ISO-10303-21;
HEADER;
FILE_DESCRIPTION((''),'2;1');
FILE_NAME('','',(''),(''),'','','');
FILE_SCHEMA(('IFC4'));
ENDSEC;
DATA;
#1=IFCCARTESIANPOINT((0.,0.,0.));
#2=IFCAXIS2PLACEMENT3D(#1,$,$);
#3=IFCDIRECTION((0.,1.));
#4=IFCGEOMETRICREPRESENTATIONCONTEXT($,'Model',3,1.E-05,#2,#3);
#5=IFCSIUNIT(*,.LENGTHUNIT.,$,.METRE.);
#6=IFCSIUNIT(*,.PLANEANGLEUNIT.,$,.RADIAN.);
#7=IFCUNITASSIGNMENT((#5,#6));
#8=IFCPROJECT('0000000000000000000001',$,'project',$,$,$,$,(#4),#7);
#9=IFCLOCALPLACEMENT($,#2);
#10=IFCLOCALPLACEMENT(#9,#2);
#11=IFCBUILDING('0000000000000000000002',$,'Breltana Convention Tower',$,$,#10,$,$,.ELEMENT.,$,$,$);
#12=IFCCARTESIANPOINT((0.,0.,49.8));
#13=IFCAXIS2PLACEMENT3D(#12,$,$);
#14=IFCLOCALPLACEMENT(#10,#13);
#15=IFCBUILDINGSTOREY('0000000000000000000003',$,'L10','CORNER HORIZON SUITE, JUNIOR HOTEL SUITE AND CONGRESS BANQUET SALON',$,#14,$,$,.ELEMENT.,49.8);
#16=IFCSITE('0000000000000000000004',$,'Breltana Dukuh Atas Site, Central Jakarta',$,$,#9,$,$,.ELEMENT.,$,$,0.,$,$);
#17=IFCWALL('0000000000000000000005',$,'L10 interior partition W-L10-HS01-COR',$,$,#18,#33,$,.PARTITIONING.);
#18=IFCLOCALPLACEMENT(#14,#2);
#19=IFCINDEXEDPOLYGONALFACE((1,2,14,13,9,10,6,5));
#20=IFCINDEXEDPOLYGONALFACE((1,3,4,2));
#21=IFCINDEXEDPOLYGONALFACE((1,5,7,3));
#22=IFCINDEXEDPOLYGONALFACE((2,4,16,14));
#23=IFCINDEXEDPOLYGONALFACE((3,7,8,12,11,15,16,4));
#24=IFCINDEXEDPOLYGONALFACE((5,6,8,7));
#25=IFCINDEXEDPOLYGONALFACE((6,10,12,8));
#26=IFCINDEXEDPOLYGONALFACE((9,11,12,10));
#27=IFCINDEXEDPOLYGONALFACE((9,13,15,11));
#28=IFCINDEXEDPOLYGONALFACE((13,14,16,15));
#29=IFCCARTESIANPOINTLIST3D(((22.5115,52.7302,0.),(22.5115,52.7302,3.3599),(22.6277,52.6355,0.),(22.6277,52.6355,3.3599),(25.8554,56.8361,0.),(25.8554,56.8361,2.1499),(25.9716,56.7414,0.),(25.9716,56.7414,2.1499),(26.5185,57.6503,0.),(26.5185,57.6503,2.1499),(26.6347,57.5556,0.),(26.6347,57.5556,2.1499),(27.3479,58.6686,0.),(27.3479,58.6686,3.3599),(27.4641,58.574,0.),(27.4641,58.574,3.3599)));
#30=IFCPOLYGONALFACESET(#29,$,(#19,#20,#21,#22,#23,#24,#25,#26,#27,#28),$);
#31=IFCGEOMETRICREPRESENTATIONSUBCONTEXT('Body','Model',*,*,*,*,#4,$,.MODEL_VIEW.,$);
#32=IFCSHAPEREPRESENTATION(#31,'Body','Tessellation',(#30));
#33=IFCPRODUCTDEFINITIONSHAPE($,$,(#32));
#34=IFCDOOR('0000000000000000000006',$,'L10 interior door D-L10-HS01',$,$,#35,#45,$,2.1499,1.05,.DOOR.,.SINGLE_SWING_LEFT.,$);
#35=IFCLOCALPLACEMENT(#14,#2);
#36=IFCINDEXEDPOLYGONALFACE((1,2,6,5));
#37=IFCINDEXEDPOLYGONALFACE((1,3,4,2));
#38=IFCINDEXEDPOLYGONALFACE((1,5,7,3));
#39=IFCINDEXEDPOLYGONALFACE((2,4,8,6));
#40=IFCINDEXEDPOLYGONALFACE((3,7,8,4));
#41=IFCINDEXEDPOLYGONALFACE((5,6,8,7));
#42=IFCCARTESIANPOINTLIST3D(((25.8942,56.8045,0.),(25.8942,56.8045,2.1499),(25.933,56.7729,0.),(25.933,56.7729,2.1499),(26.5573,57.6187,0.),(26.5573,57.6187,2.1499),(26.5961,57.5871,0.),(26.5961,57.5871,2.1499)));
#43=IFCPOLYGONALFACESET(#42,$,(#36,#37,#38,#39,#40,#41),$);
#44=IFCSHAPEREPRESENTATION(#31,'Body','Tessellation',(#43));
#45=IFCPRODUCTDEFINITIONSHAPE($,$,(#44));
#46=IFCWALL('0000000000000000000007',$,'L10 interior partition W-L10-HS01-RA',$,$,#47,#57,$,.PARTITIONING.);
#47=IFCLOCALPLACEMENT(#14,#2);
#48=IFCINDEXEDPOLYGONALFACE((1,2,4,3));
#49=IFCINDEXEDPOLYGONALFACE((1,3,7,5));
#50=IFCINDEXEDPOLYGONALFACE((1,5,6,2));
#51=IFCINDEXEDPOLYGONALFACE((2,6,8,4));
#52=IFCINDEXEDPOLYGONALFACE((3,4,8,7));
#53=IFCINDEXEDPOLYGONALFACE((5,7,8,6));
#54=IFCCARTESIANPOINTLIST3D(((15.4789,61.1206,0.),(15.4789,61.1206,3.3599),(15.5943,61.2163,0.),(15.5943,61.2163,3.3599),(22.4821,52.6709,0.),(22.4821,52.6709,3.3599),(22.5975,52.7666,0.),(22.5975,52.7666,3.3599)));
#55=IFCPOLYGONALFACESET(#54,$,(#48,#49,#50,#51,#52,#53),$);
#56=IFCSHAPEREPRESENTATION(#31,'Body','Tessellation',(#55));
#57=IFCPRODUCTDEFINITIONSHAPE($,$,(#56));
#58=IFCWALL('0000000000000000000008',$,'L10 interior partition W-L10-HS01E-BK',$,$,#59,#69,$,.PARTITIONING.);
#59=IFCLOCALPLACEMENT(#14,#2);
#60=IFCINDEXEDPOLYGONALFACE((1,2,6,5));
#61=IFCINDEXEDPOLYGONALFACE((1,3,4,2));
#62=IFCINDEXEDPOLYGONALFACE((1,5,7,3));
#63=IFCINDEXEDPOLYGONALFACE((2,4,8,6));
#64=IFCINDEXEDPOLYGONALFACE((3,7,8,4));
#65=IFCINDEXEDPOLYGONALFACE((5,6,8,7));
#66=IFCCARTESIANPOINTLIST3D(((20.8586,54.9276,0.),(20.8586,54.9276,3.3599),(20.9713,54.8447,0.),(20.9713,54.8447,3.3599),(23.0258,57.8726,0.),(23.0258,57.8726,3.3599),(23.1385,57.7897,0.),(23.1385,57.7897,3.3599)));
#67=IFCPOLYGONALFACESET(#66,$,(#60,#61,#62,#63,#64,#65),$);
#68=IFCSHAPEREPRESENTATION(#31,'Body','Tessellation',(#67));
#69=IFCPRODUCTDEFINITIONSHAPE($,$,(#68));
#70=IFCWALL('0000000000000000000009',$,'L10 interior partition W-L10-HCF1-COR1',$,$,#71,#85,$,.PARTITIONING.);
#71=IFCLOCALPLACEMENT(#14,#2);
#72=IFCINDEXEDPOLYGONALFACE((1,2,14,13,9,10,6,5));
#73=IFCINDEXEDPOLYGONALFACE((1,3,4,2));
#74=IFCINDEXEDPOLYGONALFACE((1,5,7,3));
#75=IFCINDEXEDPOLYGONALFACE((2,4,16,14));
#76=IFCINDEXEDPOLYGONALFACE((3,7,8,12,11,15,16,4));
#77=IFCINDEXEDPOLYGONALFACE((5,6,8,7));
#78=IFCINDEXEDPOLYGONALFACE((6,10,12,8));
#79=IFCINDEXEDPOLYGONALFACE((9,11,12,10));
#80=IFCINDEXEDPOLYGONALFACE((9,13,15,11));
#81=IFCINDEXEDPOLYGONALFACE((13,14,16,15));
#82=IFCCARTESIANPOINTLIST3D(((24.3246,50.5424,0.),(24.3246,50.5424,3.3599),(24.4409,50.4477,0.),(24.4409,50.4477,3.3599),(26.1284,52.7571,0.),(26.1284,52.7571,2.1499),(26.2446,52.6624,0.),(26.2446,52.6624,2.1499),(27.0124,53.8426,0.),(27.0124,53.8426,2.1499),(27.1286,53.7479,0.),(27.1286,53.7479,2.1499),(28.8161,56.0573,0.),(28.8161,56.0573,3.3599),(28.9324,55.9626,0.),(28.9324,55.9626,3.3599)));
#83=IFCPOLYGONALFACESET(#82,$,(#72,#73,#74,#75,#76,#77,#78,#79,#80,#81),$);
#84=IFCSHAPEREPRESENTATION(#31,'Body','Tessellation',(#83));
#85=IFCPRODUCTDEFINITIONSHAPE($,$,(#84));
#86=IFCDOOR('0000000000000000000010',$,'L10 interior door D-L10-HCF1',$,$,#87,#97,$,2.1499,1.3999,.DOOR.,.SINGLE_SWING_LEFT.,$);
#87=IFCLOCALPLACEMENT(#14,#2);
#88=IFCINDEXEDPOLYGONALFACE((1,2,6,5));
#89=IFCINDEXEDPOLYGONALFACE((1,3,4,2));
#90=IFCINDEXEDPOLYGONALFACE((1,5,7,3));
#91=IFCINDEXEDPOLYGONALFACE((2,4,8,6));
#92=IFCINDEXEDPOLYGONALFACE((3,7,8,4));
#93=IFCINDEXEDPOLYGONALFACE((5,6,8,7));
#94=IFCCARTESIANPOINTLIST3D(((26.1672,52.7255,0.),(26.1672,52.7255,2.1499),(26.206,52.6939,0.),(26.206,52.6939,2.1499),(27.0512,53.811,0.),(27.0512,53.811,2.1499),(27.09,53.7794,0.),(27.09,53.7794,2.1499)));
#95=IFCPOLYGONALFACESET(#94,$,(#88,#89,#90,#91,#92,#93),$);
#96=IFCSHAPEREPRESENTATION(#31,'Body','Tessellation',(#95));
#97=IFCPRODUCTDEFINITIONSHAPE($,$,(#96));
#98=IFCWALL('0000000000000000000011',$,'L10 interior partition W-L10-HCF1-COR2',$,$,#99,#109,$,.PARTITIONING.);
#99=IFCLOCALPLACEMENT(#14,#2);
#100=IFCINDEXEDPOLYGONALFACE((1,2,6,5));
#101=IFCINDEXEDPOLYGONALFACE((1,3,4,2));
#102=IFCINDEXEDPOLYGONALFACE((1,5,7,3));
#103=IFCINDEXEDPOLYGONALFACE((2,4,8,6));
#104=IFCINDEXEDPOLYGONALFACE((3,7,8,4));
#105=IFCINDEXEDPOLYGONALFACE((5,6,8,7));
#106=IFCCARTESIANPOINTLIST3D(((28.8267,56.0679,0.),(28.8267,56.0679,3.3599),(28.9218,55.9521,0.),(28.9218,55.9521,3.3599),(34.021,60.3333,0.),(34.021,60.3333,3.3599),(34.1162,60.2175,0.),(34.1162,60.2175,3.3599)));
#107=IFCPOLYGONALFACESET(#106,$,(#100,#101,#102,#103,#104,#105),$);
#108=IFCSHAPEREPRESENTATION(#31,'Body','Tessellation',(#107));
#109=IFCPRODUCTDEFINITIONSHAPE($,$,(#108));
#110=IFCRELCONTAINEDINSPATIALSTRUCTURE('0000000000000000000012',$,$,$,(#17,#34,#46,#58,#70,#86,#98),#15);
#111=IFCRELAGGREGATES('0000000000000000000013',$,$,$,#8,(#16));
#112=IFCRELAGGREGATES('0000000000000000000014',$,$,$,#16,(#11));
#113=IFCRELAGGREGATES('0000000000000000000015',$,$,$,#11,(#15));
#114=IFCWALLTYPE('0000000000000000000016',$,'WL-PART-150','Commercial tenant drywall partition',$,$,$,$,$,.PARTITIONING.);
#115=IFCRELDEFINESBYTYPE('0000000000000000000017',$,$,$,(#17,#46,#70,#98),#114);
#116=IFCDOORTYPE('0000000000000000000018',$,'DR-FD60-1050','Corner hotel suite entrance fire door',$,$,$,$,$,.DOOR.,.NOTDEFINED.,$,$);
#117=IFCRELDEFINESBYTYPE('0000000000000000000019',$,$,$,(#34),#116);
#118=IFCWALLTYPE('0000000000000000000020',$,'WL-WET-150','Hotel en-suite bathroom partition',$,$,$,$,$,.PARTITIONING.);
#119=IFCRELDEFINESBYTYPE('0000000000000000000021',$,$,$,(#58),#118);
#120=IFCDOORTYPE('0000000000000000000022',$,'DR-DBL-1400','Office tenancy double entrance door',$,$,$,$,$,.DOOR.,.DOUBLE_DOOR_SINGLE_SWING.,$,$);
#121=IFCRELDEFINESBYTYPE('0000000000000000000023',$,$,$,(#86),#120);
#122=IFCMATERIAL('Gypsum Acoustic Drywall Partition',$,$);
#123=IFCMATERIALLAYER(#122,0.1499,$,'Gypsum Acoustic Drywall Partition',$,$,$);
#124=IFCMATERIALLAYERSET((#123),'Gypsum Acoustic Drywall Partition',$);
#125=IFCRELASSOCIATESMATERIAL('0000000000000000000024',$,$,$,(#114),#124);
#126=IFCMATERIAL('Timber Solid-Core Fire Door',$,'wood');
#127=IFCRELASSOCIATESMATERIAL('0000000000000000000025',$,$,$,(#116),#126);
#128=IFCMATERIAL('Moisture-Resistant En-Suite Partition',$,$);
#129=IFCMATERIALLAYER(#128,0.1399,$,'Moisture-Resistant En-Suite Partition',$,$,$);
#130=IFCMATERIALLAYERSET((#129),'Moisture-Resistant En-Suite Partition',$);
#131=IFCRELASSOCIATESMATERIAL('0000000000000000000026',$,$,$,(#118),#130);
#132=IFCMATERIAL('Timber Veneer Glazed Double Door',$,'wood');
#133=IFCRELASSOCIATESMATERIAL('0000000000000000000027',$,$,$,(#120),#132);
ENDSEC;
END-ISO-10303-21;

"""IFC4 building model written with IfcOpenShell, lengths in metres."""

from ifc_helpers import new_model, si_unit, direction, frame, frame_2d, origin, place, context, subcontext, project, spatial, rectangle, extrude, source, transform, mapped, material, layer, layer_set, type_object, type_shapes, element, fill, save


model = new_model("IFC4")

# Units and contexts
model_context = context("Model", 3, precision=1e-05, world=origin(), true_north=direction((0.0, 1.0)))
body_context = subcontext(model_context, "Body", "Model", "MODEL_VIEW")
ifc_project = project(units=[si_unit("LENGTHUNIT", "METRE"), si_unit("PLANEANGLEUNIT", "RADIAN")], contexts=[model_context])

# Site, building, storey
site_placement = place(None, origin())
site = spatial("IfcSite", under=ifc_project, at=site_placement, Name="Breltana Dukuh Atas Site, Central Jakarta", CompositionType="ELEMENT", RefElevation=0.0)
building_placement = place(site_placement, origin())
building = spatial("IfcBuilding", under=site, at=building_placement, Name="Breltana Convention Tower", CompositionType="ELEMENT")
storey_placement = place(building_placement, frame((0.0, 0.0, 49.8)))
storey = spatial("IfcBuildingStorey", under=building, at=storey_placement, Name="L10", Description="CORNER HORIZON SUITE, JUNIOR HOTEL SUITE AND CONGRESS BANQUET SALON", CompositionType="ELEMENT", Elevation=49.8)

# Shared definitions
ifc_material_1 = material(Name="Gypsum Acoustic Drywall Partition")
ifc_layer_1 = layer(ifc_material_1, 0.1499, Name="Gypsum Acoustic Drywall Partition")
ifc_layer_set_1 = layer_set([ifc_layer_1], Name="Gypsum Acoustic Drywall Partition")
wall_type_1 = type_object("IfcWallType", Name="WL-PART-150", Description="Commercial tenant drywall partition", PredefinedType="PARTITIONING", material=ifc_layer_set_1)

# Shared definitions
ifc_material_2 = material(Name="Timber Solid-Core Fire Door", Category="wood")
door_type_1 = type_object("IfcDoorType", Name="DR-FD60-1050", Description="Corner hotel suite entrance fire door", OperationType="NOTDEFINED", PredefinedType="DOOR", material=ifc_material_2)
shared_shape_1 = source(origin(), body_context, "Body", "SweptSolid", [
    extrude(rectangle(XDim=1.05, YDim=2.1499, at=frame_2d((0.5249, 1.075))), frame((0.0, 0.0249, 0.0), z_axis=(0.0, -1.0, 0.0), x_axis=(1.0, 0.0, 0.0)), (0.0, 0.0, 1.0), 0.05),
])
type_shapes(door_type_1, [shared_shape_1])
ifc_material_3 = material(Name="Moisture-Resistant En-Suite Partition")
ifc_layer_2 = layer(ifc_material_3, 0.1399, Name="Moisture-Resistant En-Suite Partition")
ifc_layer_set_2 = layer_set([ifc_layer_2], Name="Moisture-Resistant En-Suite Partition")
wall_type_2 = type_object("IfcWallType", Name="WL-WET-150", Description="Hotel en-suite bathroom partition", PredefinedType="PARTITIONING", material=ifc_layer_set_2)

# Wall, opening, door
shared_shape_2 = source(origin(), body_context, "Body", "SweptSolid", [
    extrude(rectangle(XDim=7.6587, YDim=0.1499, at=frame_2d((3.8293, 0.0))), origin(), (0.0, 0.0, 1.0), 3.3599),
])
wall_1_placement = place(storey_placement, frame((22.5696, 52.6829, 0.0), z_axis=(0.0, 0.0, 1.0), x_axis=(0.63149, 0.775384, 0.0)))
wall_1 = element("IfcWall", 1, at=wall_1_placement, inside=storey, type_object=wall_type_1, Name="L10 interior partition W-L10-HS01-COR", PredefinedType="PARTITIONING", context=body_context, shape_type="MappedRepresentation", body=[
    mapped(shared_shape_2, transform((0.0, 0.0, 0.0), scale=1.0)),
])
opening_1_placement = place(wall_1_placement, frame((5.2954, 0.0, 0.0)))
opening_1 = element("IfcOpeningElement", 2, at=opening_1_placement, cuts=wall_1, PredefinedType="OPENING", context=body_context, shape_type="SweptSolid", body=[
    extrude(rectangle(XDim=1.05, YDim=2.1499, at=frame_2d((0.5249, 1.075))), frame((0.0, 0.085, 0.0), z_axis=(0.0, -1.0, 0.0), x_axis=(1.0, 0.0, 0.0)), (0.0, 0.0, 1.0), 0.1699),
])
door_1_placement = place(opening_1_placement, origin())
door_1 = element("IfcDoor", 3, at=door_1_placement, inside=storey, type_object=door_type_1, Name="L10 interior door D-L10-HS01", OperationType="SINGLE_SWING_LEFT", OverallHeight=2.1499, OverallWidth=1.05, PredefinedType="DOOR", context=body_context, shape_type="MappedRepresentation", body=[
    mapped(shared_shape_1, transform((0.0, 0.0, 0.0), scale=1.0)),
])
fill(opening_1, door_1)

# Walls
shared_shape_3 = source(origin(), body_context, "Body", "SweptSolid", [
    extrude(rectangle(XDim=10.9746, YDim=0.1499, at=frame_2d((5.4873, 0.0))), origin(), (0.0, 0.0, 1.0), 3.3599),
])
wall_2_placement = place(storey_placement, frame((22.5398, 52.7188, 0.0), z_axis=(0.0, 0.0, 1.0), x_axis=(-0.638125, 0.769933, 0.0)))
element("IfcWall", 4, at=wall_2_placement, inside=storey, type_object=wall_type_1, Name="L10 interior partition W-L10-HS01-RA", PredefinedType="PARTITIONING", context=body_context, shape_type="MappedRepresentation", body=[
    mapped(shared_shape_3, transform((0.0, 0.0, 0.0), scale=1.0)),
])
shared_shape_4 = source(origin(), body_context, "Body", "SweptSolid", [
    extrude(rectangle(XDim=3.6565, YDim=0.1399, at=frame_2d((1.8281, 0.0))), origin(), (0.0, 0.0, 1.0), 3.3599),
])
wall_3_placement = place(storey_placement, frame((20.915, 54.8862, 0.0), z_axis=(0.0, 0.0, 1.0), x_axis=(0.5927, 0.805423, 0.0)))
element("IfcWall", 5, at=wall_3_placement, inside=storey, type_object=wall_type_2, Name="L10 interior partition W-L10-HS01E-BK", PredefinedType="PARTITIONING", context=body_context, shape_type="MappedRepresentation", body=[
    mapped(shared_shape_4, transform((0.0, 0.0, 0.0), scale=1.0)),
])

# Wall, opening, door
shared_shape_5 = source(origin(), body_context, "Body", "SweptSolid", [
    extrude(rectangle(XDim=7.1125, YDim=0.1499, at=frame_2d((3.5562, 0.0))), origin(), (0.0, 0.0, 1.0), 3.3599),
])
wall_4_placement = place(storey_placement, frame((24.3828, 50.4951, 0.0), z_axis=(0.0, 0.0, 1.0), x_axis=(0.63149, 0.775384, 0.0)))
wall_4 = element("IfcWall", 6, at=wall_4_placement, inside=storey, type_object=wall_type_1, Name="L10 interior partition W-L10-HCF1-COR1", PredefinedType="PARTITIONING", context=body_context, shape_type="MappedRepresentation", body=[
    mapped(shared_shape_5, transform((0.0, 0.0, 0.0), scale=1.0)),
])
opening_2_placement = place(wall_4_placement, frame((2.8562, 0.0, 0.0)))
opening_2 = element("IfcOpeningElement", 7, at=opening_2_placement, cuts=wall_4, PredefinedType="OPENING", context=body_context, shape_type="SweptSolid", body=[
    extrude(rectangle(XDim=1.3999, YDim=2.1499, at=frame_2d((0.7, 1.075))), frame((0.0, 0.085, 0.0), z_axis=(0.0, -1.0, 0.0), x_axis=(1.0, 0.0, 0.0)), (0.0, 0.0, 1.0), 0.1699),
])
ifc_material_4 = material(Name="Timber Veneer Glazed Double Door", Category="wood")
door_type_2 = type_object("IfcDoorType", Name="DR-DBL-1400", Description="Office tenancy double entrance door", OperationType="DOUBLE_DOOR_SINGLE_SWING", PredefinedType="DOOR", material=ifc_material_4)
shared_shape_6 = source(origin(), body_context, "Body", "SweptSolid", [
    extrude(rectangle(XDim=1.3999, YDim=2.1499, at=frame_2d((0.7, 1.075))), frame((0.0, 0.0249, 0.0), z_axis=(0.0, -1.0, 0.0), x_axis=(1.0, 0.0, 0.0)), (0.0, 0.0, 1.0), 0.05),
])
type_shapes(door_type_2, [shared_shape_6])
door_2_placement = place(opening_2_placement, origin())
door_2 = element("IfcDoor", 8, at=door_2_placement, inside=storey, type_object=door_type_2, Name="L10 interior door D-L10-HCF1", OperationType="SINGLE_SWING_LEFT", OverallHeight=2.1499, OverallWidth=1.3999, PredefinedType="DOOR", context=body_context, shape_type="MappedRepresentation", body=[
    mapped(shared_shape_6, transform((0.0, 0.0, 0.0), scale=1.0)),
])
fill(opening_2, door_2)

# Wall
shared_shape_7 = source(origin(), body_context, "Body", "SweptSolid", [
    extrude(rectangle(XDim=6.7212, YDim=0.1499, at=frame_2d((3.3606, 0.0))), origin(), (0.0, 0.0, 1.0), 3.3599),
])
wall_5_placement = place(storey_placement, frame((28.8743, 56.01, 0.0), z_axis=(0.0, 0.0, 1.0), x_axis=(0.772828, 0.634615, 0.0)))
element("IfcWall", 9, at=wall_5_placement, inside=storey, type_object=wall_type_1, Name="L10 interior partition W-L10-HCF1-COR2", PredefinedType="PARTITIONING", context=body_context, shape_type="MappedRepresentation", body=[
    mapped(shared_shape_7, transform((0.0, 0.0, 0.0), scale=1.0)),
])

save(model, "model.ifc")
